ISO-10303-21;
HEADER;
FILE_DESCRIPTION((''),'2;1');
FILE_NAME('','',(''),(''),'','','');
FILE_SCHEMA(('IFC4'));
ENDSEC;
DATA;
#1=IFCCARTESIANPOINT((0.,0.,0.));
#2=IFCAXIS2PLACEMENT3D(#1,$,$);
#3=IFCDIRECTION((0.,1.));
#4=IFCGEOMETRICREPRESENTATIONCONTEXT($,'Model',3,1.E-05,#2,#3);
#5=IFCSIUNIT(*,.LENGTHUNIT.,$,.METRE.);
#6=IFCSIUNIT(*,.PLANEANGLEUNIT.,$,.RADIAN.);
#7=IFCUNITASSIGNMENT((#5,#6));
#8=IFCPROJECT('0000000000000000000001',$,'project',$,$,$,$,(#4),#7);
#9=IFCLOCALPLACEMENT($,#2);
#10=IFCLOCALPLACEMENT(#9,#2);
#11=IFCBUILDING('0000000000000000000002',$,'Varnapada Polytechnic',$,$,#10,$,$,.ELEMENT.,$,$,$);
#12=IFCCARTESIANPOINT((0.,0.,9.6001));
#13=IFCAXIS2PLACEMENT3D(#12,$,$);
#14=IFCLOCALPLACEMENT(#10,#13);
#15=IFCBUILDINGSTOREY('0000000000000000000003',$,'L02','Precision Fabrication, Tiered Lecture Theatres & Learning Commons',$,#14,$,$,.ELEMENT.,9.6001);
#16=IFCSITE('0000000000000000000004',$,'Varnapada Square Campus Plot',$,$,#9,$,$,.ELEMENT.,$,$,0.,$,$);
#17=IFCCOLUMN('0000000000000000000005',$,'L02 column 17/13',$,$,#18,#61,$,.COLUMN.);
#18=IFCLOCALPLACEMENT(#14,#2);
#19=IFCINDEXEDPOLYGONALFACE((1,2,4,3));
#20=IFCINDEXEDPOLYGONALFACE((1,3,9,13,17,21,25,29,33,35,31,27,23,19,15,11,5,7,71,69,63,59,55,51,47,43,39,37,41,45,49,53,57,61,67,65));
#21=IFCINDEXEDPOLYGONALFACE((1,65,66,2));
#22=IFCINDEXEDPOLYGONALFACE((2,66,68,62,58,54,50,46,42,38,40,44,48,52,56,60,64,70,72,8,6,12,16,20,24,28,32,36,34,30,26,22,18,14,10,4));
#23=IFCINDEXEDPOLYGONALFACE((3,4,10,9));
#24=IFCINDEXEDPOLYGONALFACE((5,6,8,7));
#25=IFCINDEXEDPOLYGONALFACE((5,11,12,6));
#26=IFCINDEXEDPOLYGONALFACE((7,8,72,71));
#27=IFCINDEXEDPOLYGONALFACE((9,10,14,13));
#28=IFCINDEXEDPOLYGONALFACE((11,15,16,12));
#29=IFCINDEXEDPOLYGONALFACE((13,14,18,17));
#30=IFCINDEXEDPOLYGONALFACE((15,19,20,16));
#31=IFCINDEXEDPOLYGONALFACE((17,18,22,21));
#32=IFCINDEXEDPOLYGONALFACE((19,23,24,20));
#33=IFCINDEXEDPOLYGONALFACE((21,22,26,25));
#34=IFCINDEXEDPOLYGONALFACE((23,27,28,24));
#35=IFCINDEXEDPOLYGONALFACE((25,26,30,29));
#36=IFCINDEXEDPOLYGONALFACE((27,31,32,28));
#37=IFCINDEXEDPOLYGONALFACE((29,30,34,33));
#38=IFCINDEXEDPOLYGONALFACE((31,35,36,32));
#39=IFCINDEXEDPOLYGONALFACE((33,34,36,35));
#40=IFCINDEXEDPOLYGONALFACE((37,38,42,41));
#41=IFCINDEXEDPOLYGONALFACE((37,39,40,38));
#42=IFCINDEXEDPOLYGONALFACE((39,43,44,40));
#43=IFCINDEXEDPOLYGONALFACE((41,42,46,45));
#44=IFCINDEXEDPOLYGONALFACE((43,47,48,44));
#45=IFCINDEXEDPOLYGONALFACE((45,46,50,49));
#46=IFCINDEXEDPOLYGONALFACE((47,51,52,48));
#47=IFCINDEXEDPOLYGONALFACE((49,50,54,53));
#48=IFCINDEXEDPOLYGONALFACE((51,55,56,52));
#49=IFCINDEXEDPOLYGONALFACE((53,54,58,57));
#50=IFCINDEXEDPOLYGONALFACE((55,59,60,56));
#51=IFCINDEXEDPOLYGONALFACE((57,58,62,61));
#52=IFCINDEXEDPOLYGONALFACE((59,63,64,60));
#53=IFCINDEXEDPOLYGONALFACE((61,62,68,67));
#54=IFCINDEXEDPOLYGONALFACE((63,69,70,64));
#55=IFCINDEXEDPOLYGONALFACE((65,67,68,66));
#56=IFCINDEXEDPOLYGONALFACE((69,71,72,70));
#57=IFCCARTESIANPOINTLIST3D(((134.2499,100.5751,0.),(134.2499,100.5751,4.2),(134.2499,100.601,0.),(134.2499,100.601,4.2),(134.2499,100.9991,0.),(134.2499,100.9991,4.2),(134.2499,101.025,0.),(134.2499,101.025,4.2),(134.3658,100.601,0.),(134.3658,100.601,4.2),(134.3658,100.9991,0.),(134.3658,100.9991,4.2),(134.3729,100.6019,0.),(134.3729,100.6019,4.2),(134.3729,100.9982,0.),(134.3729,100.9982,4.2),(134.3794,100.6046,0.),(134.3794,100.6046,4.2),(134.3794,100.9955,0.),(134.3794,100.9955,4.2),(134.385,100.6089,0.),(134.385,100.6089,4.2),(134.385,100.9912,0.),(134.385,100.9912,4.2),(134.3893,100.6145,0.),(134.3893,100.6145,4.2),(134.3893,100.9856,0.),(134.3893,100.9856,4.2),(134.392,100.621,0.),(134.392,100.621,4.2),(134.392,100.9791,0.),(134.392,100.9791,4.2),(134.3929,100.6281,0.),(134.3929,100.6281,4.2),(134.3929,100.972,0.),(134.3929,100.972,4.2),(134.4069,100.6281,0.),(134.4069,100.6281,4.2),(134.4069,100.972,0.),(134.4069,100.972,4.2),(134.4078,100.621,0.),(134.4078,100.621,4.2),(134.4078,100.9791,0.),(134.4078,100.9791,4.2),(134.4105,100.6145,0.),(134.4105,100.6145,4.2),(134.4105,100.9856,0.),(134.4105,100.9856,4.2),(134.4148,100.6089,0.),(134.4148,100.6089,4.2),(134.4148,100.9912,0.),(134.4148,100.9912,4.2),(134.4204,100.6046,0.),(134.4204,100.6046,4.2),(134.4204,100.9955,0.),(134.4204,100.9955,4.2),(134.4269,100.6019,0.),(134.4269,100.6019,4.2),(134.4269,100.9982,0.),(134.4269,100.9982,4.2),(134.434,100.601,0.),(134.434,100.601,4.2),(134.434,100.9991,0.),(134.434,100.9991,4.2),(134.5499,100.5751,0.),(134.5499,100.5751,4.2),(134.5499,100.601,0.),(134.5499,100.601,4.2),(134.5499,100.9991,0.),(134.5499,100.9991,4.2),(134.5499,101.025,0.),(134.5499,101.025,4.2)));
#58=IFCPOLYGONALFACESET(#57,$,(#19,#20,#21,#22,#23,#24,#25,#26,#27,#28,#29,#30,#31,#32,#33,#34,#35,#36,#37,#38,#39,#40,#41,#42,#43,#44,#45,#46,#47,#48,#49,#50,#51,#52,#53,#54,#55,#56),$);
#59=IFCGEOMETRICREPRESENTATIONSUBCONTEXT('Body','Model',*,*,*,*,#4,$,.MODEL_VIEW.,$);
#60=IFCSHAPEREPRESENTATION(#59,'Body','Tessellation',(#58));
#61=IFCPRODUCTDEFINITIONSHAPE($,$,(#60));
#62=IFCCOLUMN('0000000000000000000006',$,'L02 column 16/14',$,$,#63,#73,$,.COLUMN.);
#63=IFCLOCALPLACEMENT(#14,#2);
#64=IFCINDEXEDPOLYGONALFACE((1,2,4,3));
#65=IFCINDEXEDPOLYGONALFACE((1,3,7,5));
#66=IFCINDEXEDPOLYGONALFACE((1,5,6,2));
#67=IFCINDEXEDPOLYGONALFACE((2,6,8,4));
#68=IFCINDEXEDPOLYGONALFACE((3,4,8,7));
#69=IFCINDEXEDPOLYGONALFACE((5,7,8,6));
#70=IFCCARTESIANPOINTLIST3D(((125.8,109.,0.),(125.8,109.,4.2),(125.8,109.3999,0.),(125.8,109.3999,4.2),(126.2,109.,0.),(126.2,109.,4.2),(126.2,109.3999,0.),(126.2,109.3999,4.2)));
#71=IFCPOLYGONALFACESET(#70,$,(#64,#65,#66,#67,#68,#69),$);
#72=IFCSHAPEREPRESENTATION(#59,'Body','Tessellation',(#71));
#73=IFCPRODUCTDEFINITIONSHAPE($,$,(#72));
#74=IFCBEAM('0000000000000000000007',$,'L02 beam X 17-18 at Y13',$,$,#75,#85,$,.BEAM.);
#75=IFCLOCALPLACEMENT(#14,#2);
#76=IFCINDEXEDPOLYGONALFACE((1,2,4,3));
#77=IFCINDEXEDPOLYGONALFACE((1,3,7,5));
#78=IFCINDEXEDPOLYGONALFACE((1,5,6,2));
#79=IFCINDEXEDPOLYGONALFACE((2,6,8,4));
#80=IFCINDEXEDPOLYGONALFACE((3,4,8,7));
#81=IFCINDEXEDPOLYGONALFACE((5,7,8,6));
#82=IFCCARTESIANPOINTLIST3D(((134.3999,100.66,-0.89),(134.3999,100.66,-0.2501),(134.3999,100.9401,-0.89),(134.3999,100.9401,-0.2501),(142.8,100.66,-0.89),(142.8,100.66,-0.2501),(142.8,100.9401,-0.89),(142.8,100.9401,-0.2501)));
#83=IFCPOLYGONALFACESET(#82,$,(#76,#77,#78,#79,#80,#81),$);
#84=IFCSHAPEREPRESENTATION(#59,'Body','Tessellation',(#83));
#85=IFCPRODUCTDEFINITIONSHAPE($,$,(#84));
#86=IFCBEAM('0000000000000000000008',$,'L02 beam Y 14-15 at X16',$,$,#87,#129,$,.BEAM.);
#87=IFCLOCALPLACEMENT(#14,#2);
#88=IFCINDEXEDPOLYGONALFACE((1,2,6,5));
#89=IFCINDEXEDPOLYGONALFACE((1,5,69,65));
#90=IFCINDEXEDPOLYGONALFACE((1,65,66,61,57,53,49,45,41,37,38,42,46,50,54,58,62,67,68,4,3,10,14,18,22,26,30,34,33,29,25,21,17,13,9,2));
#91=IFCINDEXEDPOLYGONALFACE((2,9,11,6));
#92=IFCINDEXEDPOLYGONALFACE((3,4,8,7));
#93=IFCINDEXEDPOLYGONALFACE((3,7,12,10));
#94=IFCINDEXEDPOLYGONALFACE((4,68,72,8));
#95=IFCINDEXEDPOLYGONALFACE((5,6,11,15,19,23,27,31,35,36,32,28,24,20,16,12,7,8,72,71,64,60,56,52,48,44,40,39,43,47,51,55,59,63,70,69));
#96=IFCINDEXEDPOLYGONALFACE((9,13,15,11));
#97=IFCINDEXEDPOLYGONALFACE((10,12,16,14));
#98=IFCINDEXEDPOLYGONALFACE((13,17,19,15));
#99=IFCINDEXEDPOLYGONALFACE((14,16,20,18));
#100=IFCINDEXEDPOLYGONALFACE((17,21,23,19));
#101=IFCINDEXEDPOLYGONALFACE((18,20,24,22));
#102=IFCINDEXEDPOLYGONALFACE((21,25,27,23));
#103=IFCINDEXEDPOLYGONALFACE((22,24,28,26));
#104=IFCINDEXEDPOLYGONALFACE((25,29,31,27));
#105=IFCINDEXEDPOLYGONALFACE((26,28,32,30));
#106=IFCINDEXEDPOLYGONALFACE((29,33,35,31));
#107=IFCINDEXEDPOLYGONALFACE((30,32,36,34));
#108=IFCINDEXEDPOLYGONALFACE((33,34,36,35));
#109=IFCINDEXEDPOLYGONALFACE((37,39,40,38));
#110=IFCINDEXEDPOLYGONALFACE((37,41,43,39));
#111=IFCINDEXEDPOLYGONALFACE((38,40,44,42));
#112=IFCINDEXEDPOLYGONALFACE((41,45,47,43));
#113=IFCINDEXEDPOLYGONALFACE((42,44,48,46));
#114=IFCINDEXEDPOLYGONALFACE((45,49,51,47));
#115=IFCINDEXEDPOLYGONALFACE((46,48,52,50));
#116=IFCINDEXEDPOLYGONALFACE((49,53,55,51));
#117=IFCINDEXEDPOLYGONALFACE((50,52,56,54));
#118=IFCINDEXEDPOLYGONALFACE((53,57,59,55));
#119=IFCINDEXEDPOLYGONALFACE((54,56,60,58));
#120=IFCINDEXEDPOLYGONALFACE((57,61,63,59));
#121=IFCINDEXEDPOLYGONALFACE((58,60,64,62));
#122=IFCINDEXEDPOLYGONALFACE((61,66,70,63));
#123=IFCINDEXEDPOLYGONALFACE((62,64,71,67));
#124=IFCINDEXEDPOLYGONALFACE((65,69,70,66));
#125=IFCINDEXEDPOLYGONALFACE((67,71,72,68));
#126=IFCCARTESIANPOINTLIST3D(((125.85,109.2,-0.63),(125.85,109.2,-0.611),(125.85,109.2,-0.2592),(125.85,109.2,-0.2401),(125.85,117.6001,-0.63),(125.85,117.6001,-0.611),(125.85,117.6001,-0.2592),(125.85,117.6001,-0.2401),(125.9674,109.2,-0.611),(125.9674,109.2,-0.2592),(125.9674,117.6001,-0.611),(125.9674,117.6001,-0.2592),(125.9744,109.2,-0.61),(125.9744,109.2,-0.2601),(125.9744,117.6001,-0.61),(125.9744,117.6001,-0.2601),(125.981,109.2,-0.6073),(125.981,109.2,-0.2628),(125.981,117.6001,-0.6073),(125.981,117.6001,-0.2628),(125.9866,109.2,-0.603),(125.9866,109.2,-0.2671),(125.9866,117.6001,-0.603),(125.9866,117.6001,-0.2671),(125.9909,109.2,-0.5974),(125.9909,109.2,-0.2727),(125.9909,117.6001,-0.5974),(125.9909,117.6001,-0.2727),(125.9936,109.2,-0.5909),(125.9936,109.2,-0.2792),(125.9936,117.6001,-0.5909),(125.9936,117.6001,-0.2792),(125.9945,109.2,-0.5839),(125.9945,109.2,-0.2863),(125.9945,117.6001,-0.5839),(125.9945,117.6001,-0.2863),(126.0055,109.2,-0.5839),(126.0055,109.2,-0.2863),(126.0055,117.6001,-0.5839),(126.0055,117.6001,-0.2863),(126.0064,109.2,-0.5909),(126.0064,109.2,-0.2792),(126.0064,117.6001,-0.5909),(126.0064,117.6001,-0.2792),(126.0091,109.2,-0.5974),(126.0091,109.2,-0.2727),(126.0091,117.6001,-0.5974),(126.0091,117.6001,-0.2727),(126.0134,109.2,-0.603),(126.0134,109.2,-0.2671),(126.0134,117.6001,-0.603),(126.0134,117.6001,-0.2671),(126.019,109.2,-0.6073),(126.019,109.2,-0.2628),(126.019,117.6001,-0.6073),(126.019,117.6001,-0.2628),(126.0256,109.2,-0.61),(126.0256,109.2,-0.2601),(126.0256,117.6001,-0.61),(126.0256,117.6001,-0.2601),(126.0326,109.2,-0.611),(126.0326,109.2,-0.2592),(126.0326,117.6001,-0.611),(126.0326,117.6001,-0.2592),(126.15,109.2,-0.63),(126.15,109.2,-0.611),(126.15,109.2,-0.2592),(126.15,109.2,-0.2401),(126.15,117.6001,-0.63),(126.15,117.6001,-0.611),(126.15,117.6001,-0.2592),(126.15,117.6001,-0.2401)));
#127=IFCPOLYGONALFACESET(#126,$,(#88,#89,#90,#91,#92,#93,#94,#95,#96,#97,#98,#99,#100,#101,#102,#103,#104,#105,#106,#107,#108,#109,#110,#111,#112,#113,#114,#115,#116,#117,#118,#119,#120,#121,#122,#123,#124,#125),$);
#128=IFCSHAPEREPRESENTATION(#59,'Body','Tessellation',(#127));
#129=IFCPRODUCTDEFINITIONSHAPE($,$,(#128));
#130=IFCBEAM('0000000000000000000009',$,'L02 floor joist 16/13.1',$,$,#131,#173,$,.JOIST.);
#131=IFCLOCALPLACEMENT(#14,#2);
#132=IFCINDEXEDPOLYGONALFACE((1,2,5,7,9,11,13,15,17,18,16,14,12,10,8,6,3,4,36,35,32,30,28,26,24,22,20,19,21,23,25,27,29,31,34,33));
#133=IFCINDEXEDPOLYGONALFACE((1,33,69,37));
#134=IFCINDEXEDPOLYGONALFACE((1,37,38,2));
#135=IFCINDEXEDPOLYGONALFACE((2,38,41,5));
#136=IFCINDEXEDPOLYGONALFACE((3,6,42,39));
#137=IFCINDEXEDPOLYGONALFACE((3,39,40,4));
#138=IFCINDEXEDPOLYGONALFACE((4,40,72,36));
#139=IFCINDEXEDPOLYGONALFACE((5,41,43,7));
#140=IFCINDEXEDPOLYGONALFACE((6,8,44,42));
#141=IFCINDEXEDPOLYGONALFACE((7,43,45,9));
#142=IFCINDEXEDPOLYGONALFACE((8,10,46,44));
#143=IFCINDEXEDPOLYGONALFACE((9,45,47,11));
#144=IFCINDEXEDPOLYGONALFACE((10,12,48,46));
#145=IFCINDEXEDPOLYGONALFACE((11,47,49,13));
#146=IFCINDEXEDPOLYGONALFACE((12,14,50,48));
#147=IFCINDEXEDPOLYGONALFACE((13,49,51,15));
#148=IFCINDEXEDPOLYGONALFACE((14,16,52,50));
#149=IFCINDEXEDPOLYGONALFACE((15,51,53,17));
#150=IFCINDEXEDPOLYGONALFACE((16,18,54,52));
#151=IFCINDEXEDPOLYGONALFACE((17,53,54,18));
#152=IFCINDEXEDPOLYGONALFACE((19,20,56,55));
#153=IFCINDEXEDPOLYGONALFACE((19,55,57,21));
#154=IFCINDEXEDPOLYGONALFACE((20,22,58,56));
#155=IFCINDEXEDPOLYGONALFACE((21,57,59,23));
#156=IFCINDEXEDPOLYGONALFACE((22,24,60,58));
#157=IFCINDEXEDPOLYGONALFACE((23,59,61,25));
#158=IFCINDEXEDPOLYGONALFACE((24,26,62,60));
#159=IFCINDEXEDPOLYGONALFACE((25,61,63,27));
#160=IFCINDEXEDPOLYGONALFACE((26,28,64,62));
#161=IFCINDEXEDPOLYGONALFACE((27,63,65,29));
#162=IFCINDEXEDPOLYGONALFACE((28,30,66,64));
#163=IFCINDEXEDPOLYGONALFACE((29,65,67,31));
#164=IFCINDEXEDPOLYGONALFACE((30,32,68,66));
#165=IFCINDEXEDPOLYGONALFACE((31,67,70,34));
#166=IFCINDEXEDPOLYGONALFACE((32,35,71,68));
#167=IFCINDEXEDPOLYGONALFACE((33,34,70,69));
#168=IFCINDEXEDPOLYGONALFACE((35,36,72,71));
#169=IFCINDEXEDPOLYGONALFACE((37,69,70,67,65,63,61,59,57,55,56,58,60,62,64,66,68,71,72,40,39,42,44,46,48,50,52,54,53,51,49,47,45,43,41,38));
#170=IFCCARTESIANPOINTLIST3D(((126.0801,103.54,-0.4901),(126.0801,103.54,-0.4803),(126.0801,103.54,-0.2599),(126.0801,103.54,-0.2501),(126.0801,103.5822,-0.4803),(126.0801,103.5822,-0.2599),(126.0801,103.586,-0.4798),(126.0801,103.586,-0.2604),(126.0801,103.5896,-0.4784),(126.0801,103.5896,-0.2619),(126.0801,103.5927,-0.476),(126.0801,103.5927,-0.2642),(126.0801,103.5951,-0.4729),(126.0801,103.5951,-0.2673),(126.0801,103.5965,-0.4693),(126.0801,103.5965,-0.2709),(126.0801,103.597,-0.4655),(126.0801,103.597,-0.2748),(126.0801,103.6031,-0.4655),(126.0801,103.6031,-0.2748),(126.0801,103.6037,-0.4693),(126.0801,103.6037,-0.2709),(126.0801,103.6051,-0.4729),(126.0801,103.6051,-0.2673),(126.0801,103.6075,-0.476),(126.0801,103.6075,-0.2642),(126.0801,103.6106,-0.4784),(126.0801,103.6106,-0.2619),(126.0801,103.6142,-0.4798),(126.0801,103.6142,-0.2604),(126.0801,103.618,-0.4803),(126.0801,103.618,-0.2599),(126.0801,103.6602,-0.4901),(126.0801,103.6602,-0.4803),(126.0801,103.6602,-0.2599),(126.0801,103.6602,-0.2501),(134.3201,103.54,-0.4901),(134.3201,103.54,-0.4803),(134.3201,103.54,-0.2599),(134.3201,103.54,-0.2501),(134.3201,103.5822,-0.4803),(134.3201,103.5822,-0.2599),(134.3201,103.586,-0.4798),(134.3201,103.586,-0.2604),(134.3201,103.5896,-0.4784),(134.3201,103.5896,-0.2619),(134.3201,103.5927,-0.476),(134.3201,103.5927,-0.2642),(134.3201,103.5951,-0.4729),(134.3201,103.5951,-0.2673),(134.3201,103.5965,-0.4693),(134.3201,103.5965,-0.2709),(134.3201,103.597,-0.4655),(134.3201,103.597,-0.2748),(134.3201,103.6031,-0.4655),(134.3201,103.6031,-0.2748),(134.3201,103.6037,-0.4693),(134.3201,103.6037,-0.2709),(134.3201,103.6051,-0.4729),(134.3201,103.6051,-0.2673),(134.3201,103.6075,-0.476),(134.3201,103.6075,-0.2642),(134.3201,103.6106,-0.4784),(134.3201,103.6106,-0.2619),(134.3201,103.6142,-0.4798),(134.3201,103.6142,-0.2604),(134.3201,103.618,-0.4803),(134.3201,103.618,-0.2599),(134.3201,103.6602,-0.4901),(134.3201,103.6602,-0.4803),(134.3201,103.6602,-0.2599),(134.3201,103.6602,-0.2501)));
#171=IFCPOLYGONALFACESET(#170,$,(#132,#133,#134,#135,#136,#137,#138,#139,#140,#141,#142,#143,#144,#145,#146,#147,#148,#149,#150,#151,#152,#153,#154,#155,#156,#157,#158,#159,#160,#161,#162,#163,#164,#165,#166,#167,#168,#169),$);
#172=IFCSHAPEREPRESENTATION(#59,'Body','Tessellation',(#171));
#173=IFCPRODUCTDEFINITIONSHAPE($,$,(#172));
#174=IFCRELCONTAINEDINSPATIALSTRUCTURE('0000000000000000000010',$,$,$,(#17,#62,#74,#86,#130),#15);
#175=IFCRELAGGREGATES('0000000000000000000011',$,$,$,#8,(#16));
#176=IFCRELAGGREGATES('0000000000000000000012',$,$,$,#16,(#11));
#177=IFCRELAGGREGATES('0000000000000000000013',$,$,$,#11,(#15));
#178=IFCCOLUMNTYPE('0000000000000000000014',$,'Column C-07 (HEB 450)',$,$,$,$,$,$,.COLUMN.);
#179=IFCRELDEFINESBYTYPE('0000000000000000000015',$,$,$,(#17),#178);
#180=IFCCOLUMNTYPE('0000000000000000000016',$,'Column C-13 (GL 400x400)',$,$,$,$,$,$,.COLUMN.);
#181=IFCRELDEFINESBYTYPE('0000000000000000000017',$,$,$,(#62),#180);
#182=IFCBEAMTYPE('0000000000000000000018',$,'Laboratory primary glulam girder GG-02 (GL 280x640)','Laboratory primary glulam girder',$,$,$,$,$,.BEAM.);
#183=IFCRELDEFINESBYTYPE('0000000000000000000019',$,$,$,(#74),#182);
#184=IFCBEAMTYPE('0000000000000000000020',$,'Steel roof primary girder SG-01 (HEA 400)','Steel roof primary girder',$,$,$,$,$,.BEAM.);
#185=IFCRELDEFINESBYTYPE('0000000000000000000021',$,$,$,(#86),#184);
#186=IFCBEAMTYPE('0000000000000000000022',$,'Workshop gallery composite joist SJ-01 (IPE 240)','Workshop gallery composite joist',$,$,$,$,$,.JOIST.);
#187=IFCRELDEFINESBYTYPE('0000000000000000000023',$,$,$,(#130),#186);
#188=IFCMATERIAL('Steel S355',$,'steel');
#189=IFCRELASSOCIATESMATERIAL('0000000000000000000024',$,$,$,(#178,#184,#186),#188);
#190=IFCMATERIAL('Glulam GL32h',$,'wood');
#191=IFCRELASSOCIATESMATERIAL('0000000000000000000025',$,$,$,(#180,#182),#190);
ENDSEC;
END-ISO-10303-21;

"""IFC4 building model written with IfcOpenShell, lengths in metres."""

from ifc_helpers import new_model, si_unit, direction, frame, origin, origin_2d, place, context, subcontext, project, spatial, rectangle, i_section, extrude, material, material_profile, profile_set, type_object, element, save


model = new_model("IFC4")

# Units and contexts
model_context = context("Model", 3, precision=1e-05, world=origin(), true_north=direction((0.0, 1.0)))
body_context = subcontext(model_context, "Body", "Model", "MODEL_VIEW")
ifc_project = project(units=[si_unit("LENGTHUNIT", "METRE"), si_unit("PLANEANGLEUNIT", "RADIAN")], contexts=[model_context])

# Site, building, storey
site_placement = place(None, origin())
site = spatial("IfcSite", under=ifc_project, at=site_placement, Name="Varnapada Square Campus Plot", CompositionType="ELEMENT", RefElevation=0.0)
building_placement = place(site_placement, origin())
building = spatial("IfcBuilding", under=site, at=building_placement, Name="Varnapada Polytechnic", CompositionType="ELEMENT")
storey_placement = place(building_placement, frame((0.0, 0.0, 9.6001)))
storey = spatial("IfcBuildingStorey", under=building, at=storey_placement, Name="L02", Description="Precision Fabrication, Tiered Lecture Theatres & Learning Commons", CompositionType="ELEMENT", Elevation=9.6001)

# Columns
ifc_material_1 = material(Name="Steel S355", Category="steel")
ifc_material_profile_1 = material_profile(ifc_material_1, i_section(OverallWidth=0.3, OverallDepth=0.45, WebThickness=0.0139, FlangeThickness=0.0259, FilletRadius=0.0271, at=origin_2d()), Name="HEB 450")
ifc_profile_set_1 = profile_set([ifc_material_profile_1], Name="Steel S355")
column_type_1 = type_object("IfcColumnType", Name="Column C-07 (HEB 450)", PredefinedType="COLUMN", material=ifc_profile_set_1)
column_1_placement = place(storey_placement, frame((134.3999, 100.8, 0.0), z_axis=(0.0, 0.0, 1.0), x_axis=(1.0, 0.0, 0.0)))
element("IfcColumn", 1, at=column_1_placement, inside=storey, type_object=column_type_1, Name="L02 column 17/13", PredefinedType="COLUMN", context=body_context, shape_type="SweptSolid", body=[
    extrude(i_section(OverallWidth=0.3, OverallDepth=0.45, WebThickness=0.0139, FlangeThickness=0.0259, FilletRadius=0.0271, at=origin_2d()), origin(), (0.0, 0.0, 1.0), 4.2),
])
ifc_material_2 = material(Name="Glulam GL32h", Category="wood")
ifc_material_profile_2 = material_profile(ifc_material_2, rectangle(XDim=0.3999, YDim=0.3999, at=origin_2d()), Name="GL 400x400")
ifc_profile_set_2 = profile_set([ifc_material_profile_2], Name="Glulam GL32h")
column_type_2 = type_object("IfcColumnType", Name="Column C-13 (GL 400x400)", PredefinedType="COLUMN", material=ifc_profile_set_2)
column_2_placement = place(storey_placement, frame((126.0, 109.2, 0.0), z_axis=(0.0, 0.0, 1.0), x_axis=(1.0, 0.0, 0.0)))
element("IfcColumn", 2, at=column_2_placement, inside=storey, type_object=column_type_2, Name="L02 column 16/14", PredefinedType="COLUMN", context=body_context, shape_type="SweptSolid", body=[
    extrude(rectangle(XDim=0.3999, YDim=0.3999, at=origin_2d()), origin(), (0.0, 0.0, 1.0), 4.2),
])

# Beams
ifc_material_profile_3 = material_profile(ifc_material_2, rectangle(XDim=0.28, YDim=0.6399, at=origin_2d()), Name="GL 280x640")
ifc_profile_set_3 = profile_set([ifc_material_profile_3], Name="Glulam GL32h")
beam_type_1 = type_object("IfcBeamType", Name="Laboratory primary glulam girder GG-02 (GL 280x640)", Description="Laboratory primary glulam girder", PredefinedType="BEAM", material=ifc_profile_set_3)
beam_1_placement = place(storey_placement, frame((134.3999, 100.8, -0.5701), z_axis=(1.0, 0.0, 0.0), x_axis=(0.0, 1.0, 0.0)))
element("IfcBeam", 3, at=beam_1_placement, inside=storey, type_object=beam_type_1, Name="L02 beam X 17-18 at Y13", PredefinedType="BEAM", context=body_context, shape_type="SweptSolid", body=[
    extrude(rectangle(XDim=0.28, YDim=0.6399, at=origin_2d()), origin(), (0.0, 0.0, 1.0), 8.4001),
])
ifc_material_profile_4 = material_profile(ifc_material_1, i_section(OverallWidth=0.3, OverallDepth=0.3899, WebThickness=0.011, FlangeThickness=0.019, FilletRadius=0.0271, at=origin_2d()), Name="HEA 400")
ifc_profile_set_4 = profile_set([ifc_material_profile_4], Name="Steel S355")
beam_type_2 = type_object("IfcBeamType", Name="Steel roof primary girder SG-01 (HEA 400)", Description="Steel roof primary girder", PredefinedType="BEAM", material=ifc_profile_set_4)
beam_2_placement = place(storey_placement, frame((126.0, 109.2, -0.4351), z_axis=(0.0, 1.0, 0.0), x_axis=(-1.0, 0.0, 0.0)))
element("IfcBeam", 4, at=beam_2_placement, inside=storey, type_object=beam_type_2, Name="L02 beam Y 14-15 at X16", PredefinedType="BEAM", context=body_context, shape_type="SweptSolid", body=[
    extrude(i_section(OverallWidth=0.3, OverallDepth=0.3899, WebThickness=0.011, FlangeThickness=0.019, FilletRadius=0.0271, at=origin_2d()), origin(), (0.0, 0.0, 1.0), 8.4001),
])
ifc_material_profile_5 = material_profile(ifc_material_1, i_section(OverallWidth=0.1201, OverallDepth=0.24, WebThickness=0.0061, FlangeThickness=0.0098, FilletRadius=0.0149, at=origin_2d()), Name="IPE 240")
ifc_profile_set_5 = profile_set([ifc_material_profile_5], Name="Steel S355")
beam_type_3 = type_object("IfcBeamType", Name="Workshop gallery composite joist SJ-01 (IPE 240)", Description="Workshop gallery composite joist", PredefinedType="JOIST", material=ifc_profile_set_5)
for number, where, z_axis, x_axis, name in (
    (5, (126.0801, 103.6001, -0.3701), (1.0, 0.0, 0.0), (0.0, 1.0, 0.0), "L02 floor joist 16/13.1"),
):
    element("IfcBeam", number, at=place(storey_placement, frame(where, z_axis=z_axis, x_axis=x_axis)), inside=storey, type_object=beam_type_3, Name=name, PredefinedType="JOIST", context=body_context, shape_type="SweptSolid", body=[
        extrude(i_section(OverallWidth=0.1201, OverallDepth=0.24, WebThickness=0.0061, FlangeThickness=0.0098, FilletRadius=0.0149, at=origin_2d()), origin(), (0.0, 0.0, 1.0), 8.24),
    ])

save(model, "model.ifc")
